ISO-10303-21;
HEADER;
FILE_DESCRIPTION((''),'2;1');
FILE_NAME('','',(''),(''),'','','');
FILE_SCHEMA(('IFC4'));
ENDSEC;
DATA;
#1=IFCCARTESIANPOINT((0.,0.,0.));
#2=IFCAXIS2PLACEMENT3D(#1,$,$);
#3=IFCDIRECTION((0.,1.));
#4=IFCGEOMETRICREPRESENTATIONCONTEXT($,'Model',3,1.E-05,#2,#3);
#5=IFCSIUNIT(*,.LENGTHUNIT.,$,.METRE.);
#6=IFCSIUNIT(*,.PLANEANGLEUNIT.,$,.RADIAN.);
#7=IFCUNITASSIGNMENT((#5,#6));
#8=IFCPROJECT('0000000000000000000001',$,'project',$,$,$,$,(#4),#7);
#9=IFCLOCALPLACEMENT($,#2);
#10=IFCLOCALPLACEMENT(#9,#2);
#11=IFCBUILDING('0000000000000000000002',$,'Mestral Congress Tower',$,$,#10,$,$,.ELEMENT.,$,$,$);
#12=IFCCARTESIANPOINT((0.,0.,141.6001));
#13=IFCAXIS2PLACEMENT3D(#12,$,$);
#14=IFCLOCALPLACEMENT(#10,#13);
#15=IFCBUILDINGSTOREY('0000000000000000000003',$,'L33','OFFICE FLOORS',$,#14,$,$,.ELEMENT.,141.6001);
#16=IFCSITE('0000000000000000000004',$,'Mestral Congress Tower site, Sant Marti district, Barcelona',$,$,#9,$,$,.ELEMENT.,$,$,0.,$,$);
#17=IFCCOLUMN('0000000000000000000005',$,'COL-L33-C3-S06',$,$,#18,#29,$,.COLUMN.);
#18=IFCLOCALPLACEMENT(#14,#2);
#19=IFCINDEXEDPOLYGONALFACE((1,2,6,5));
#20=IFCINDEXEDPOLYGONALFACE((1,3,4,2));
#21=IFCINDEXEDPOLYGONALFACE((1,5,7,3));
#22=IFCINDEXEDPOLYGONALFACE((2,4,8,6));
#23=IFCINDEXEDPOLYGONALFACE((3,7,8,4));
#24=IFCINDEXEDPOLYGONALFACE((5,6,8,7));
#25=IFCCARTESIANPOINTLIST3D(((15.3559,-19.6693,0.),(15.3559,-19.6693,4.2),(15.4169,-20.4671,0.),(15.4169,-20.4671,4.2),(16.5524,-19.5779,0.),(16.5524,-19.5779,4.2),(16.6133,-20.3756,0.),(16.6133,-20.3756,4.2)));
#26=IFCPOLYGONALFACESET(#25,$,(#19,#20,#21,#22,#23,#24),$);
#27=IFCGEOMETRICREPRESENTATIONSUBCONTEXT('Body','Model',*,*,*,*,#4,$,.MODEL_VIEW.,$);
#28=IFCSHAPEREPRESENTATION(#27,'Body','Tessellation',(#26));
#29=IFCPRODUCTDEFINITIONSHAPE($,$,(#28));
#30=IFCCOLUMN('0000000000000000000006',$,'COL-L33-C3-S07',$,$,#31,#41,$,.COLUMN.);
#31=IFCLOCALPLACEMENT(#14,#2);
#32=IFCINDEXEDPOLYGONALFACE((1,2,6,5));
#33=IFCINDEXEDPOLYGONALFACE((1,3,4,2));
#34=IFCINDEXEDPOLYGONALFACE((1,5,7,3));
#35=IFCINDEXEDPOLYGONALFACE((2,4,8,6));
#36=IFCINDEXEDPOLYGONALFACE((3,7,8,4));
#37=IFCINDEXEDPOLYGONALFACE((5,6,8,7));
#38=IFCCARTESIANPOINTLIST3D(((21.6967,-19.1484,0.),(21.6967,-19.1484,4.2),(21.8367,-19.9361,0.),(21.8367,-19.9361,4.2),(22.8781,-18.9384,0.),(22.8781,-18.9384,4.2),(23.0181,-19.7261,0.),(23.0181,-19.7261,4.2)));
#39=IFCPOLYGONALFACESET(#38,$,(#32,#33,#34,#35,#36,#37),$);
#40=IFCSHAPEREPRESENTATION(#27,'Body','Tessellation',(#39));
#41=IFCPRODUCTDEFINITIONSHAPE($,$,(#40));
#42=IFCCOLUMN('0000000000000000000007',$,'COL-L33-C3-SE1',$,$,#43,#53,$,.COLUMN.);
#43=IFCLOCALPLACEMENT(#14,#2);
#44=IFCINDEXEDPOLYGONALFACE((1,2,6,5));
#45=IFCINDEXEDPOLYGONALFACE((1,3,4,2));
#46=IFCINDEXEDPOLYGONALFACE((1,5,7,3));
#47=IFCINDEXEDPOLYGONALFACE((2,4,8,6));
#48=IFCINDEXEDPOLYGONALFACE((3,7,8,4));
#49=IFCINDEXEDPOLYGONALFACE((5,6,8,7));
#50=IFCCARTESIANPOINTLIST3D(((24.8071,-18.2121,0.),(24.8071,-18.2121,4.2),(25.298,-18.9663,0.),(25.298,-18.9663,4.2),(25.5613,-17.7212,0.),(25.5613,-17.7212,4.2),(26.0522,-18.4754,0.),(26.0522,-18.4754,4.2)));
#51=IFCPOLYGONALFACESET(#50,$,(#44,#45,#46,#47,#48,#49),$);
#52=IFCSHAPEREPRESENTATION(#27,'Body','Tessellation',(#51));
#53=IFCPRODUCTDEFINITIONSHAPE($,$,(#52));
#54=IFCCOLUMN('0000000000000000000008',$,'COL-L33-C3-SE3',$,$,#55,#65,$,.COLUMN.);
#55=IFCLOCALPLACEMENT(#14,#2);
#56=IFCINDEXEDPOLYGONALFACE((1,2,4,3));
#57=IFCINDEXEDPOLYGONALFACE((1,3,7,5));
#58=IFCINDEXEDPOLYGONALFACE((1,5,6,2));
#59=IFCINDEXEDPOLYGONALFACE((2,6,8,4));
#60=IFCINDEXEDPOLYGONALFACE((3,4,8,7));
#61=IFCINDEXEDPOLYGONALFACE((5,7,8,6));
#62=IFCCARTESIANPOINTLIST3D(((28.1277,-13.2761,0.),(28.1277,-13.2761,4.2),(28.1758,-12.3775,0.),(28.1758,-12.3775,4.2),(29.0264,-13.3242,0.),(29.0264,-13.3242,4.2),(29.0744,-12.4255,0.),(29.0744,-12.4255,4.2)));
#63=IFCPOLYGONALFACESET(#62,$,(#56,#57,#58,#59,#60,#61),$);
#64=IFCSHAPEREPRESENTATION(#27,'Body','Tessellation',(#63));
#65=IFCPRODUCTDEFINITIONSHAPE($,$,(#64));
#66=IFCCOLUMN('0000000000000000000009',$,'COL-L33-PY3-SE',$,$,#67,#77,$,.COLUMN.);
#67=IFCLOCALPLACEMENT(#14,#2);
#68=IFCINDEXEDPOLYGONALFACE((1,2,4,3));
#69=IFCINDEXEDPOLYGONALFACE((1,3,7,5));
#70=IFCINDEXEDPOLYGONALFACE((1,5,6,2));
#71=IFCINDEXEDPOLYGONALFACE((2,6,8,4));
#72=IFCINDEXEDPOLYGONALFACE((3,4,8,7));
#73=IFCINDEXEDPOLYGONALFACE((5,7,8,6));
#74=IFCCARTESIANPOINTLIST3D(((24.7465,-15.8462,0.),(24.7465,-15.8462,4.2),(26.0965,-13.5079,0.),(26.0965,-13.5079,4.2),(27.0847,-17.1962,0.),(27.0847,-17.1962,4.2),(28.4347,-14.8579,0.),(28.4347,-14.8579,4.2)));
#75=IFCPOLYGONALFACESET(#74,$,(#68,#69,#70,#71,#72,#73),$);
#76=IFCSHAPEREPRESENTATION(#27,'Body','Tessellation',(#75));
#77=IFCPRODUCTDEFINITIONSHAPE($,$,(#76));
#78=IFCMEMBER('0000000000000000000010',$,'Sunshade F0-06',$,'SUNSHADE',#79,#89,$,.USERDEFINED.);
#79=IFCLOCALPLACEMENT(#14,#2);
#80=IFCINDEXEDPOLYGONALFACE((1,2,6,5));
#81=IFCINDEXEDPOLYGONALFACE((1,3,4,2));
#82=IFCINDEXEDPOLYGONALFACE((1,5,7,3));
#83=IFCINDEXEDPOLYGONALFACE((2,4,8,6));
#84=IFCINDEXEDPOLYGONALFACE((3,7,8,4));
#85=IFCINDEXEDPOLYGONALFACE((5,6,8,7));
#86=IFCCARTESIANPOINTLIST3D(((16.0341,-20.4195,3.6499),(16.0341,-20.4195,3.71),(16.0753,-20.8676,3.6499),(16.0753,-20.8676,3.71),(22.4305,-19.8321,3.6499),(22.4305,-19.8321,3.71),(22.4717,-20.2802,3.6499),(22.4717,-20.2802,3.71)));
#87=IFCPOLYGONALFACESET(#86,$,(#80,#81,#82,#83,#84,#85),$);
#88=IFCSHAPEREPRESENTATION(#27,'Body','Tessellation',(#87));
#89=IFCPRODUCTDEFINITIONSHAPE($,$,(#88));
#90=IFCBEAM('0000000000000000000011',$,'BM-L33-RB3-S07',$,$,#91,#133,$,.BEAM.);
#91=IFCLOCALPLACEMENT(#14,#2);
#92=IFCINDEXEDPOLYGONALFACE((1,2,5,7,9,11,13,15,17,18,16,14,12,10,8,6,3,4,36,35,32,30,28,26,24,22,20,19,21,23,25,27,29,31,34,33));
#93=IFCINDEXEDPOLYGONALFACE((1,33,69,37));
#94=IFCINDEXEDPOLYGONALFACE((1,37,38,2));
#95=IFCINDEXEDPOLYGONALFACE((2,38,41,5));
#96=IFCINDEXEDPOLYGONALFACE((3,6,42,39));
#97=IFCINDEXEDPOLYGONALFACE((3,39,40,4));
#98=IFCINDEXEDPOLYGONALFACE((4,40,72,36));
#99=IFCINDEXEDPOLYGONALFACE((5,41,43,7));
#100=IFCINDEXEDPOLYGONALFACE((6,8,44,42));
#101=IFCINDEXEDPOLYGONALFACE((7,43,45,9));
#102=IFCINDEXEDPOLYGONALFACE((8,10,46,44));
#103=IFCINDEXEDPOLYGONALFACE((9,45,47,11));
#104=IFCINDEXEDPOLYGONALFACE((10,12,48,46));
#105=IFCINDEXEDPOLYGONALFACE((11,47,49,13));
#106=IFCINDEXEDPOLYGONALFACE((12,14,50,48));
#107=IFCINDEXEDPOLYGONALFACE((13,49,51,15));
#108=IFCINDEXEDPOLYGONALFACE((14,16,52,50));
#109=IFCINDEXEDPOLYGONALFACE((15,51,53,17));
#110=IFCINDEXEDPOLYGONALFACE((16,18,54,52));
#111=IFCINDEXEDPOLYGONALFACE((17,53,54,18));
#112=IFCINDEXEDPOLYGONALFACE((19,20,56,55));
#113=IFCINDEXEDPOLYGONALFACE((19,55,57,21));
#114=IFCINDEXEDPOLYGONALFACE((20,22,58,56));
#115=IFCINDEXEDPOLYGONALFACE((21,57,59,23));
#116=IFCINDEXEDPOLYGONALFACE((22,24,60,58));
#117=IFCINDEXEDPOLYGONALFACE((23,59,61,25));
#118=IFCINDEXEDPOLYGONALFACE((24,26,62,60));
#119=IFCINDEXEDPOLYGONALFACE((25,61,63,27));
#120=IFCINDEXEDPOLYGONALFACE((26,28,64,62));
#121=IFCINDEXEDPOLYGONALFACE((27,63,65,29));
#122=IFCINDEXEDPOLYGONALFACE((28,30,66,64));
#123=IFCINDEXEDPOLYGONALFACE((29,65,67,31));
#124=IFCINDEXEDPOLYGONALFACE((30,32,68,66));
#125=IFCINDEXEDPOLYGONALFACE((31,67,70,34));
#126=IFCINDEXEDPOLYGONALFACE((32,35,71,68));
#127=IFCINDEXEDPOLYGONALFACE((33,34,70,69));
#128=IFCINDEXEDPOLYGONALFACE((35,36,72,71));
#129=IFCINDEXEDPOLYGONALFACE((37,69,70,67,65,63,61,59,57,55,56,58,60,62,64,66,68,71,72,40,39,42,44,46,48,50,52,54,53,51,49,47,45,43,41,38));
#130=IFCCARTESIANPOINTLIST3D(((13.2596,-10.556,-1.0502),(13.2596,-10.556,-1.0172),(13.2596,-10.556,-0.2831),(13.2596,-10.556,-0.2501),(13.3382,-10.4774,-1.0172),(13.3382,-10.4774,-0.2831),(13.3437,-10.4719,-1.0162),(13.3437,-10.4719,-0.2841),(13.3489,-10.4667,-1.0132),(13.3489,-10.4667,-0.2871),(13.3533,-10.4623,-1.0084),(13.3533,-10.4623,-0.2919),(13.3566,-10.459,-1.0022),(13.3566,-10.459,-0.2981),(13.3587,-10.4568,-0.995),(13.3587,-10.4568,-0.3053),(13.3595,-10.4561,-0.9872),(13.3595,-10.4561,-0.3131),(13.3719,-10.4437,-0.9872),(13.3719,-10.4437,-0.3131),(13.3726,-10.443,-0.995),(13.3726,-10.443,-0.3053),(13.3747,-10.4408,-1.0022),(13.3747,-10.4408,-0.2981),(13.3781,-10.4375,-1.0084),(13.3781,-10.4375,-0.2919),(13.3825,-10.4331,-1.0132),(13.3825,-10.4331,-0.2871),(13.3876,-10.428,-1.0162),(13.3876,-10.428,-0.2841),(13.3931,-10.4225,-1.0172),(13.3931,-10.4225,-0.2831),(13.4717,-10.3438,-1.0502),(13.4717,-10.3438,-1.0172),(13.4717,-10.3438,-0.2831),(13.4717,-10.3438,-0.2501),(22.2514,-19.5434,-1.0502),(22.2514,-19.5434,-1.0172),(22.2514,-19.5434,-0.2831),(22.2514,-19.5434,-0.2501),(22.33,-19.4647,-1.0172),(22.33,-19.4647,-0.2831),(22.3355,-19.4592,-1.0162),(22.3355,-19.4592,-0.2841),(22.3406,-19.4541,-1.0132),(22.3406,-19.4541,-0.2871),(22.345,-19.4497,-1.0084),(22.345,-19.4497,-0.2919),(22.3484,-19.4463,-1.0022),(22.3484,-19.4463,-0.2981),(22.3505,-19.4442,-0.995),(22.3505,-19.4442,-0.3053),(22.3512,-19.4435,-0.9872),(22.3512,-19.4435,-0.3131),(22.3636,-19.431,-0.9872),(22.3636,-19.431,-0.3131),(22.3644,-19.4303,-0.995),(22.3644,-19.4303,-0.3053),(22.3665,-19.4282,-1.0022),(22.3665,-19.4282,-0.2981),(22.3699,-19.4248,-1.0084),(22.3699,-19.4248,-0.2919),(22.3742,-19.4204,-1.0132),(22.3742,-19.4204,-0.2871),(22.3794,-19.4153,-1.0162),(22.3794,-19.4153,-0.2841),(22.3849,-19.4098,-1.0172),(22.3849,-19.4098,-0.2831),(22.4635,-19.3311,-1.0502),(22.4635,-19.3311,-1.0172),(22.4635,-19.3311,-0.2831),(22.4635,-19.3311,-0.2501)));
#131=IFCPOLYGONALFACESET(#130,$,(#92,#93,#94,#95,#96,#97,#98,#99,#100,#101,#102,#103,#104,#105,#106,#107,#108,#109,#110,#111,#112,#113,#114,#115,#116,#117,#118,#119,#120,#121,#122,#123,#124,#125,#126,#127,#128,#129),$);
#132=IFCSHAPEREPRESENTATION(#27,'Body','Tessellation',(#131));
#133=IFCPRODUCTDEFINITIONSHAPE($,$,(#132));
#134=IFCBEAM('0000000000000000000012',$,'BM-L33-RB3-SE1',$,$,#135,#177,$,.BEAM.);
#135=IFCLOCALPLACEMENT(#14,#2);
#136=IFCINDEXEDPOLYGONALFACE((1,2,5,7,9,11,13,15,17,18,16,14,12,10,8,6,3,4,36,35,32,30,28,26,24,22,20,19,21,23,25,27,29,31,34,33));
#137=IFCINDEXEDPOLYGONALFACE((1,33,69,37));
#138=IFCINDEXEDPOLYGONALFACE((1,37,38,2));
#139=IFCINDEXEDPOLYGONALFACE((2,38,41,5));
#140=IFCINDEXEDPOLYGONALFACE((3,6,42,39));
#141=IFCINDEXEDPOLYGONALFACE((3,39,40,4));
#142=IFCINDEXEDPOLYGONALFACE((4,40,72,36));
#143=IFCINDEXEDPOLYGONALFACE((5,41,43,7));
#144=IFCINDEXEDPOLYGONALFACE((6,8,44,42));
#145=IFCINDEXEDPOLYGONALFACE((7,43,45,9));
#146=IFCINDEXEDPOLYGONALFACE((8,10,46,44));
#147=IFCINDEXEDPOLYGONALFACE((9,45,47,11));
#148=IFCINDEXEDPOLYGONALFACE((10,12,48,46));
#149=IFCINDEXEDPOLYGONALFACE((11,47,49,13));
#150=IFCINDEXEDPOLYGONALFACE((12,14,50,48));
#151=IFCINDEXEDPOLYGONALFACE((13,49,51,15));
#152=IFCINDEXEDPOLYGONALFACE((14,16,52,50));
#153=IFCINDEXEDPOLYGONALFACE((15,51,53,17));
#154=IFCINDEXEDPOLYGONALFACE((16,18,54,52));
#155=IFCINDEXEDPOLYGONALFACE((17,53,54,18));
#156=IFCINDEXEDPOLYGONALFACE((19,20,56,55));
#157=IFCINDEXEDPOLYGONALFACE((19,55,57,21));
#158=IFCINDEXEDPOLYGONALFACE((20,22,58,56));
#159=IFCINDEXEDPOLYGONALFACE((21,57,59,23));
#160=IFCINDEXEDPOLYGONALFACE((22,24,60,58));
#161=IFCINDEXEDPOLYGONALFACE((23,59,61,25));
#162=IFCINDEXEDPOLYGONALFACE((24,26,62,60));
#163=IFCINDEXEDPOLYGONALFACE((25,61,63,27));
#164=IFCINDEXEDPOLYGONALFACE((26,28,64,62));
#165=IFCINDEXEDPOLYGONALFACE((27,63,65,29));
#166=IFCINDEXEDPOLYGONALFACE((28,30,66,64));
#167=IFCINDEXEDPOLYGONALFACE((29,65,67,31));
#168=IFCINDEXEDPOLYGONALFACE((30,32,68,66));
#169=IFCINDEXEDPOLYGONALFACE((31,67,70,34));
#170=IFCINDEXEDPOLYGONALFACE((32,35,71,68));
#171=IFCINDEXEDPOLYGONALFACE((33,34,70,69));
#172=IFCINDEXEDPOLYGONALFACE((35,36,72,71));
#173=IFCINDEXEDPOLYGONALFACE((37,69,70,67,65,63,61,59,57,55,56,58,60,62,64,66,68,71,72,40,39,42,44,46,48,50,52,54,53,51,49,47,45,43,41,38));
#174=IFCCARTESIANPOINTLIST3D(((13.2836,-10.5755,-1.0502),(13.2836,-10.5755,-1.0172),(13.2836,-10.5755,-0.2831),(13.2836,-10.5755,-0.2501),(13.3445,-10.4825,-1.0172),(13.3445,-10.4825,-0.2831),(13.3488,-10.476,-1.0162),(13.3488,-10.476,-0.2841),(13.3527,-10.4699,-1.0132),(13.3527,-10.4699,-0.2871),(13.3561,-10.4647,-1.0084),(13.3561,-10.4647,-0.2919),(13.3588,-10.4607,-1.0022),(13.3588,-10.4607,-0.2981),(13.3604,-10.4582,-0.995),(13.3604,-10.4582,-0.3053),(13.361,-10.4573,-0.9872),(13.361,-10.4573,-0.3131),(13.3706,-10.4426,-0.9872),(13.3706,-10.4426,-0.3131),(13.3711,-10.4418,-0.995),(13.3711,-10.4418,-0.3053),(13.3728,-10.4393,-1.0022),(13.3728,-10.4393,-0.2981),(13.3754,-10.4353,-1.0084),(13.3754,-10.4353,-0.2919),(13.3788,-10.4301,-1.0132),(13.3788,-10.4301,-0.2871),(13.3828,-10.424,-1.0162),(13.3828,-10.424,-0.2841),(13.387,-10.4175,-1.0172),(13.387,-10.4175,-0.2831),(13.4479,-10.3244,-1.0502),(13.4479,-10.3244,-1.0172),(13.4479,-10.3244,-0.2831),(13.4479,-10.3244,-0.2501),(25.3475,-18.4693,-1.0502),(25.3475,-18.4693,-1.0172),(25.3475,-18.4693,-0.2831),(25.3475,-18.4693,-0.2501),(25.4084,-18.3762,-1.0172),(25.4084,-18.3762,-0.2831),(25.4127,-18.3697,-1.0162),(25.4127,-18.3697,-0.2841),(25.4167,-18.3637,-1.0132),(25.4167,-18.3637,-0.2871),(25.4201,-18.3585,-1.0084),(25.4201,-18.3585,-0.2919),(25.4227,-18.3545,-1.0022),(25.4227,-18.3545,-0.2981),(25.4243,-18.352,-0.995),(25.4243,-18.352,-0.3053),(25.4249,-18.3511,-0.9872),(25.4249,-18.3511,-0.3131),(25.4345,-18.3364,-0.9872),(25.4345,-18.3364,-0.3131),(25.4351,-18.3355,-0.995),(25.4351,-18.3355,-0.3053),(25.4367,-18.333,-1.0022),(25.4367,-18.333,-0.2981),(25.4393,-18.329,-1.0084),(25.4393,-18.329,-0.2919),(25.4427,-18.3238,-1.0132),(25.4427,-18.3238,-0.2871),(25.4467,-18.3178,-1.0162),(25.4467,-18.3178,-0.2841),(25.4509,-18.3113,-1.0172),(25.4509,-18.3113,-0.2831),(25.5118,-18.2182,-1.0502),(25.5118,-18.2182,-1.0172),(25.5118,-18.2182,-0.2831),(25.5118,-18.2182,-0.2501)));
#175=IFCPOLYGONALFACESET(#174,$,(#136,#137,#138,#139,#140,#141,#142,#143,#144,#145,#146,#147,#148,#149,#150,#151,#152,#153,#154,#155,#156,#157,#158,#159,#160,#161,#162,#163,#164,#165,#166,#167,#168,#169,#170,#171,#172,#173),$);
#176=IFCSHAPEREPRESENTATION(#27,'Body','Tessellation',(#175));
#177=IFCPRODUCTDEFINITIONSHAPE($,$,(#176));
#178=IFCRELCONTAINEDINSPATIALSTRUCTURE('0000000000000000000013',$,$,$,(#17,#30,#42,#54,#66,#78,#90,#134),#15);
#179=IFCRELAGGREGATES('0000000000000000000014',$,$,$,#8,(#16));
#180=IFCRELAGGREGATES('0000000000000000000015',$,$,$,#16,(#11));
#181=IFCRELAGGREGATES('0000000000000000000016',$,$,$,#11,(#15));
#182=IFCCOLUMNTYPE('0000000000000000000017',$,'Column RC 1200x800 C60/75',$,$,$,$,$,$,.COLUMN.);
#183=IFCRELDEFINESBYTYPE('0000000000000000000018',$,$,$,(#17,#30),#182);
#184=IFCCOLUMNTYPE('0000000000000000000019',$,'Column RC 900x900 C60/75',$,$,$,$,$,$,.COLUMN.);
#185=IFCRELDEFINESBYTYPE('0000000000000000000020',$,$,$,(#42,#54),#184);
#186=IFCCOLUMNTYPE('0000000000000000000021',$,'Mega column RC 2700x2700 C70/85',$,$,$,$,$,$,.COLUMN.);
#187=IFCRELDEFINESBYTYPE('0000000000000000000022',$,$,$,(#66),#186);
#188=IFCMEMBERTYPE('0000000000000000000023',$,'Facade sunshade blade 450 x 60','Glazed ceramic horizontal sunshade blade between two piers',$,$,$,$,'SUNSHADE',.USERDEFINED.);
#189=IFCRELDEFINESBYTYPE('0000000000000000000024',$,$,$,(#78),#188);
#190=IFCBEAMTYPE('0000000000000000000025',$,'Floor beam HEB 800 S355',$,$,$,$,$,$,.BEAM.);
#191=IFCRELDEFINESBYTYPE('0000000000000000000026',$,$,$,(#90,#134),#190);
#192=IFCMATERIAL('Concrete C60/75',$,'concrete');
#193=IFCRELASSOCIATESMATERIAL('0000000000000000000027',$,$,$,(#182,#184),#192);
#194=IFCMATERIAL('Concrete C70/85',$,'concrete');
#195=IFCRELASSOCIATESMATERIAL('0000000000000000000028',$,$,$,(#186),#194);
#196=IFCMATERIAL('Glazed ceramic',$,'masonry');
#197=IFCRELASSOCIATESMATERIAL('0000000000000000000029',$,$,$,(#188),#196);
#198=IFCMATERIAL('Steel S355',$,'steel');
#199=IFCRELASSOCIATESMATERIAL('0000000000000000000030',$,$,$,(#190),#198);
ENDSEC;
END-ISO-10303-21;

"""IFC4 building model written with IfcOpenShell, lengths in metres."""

from ifc_helpers import new_model, si_unit, direction, frame, origin, origin_2d, place, context, subcontext, project, spatial, rectangle, i_section, extrude, material, material_profile, profile_set, type_object, element, save


model = new_model("IFC4")

# Units and contexts
model_context = context("Model", 3, precision=1e-05, world=origin(), true_north=direction((0.0, 1.0)))
body_context = subcontext(model_context, "Body", "Model", "MODEL_VIEW")
ifc_project = project(units=[si_unit("LENGTHUNIT", "METRE"), si_unit("PLANEANGLEUNIT", "RADIAN")], contexts=[model_context])

# Site, building, storey
site_placement = place(None, origin())
site = spatial("IfcSite", under=ifc_project, at=site_placement, Name="Mestral Congress Tower site, Sant Marti district, Barcelona", CompositionType="ELEMENT", RefElevation=0.0)
building_placement = place(site_placement, origin())
building = spatial("IfcBuilding", under=site, at=building_placement, Name="Mestral Congress Tower", CompositionType="ELEMENT")
storey_placement = place(building_placement, frame((0.0, 0.0, 141.6001)))
storey = spatial("IfcBuildingStorey", under=building, at=storey_placement, Name="L33", Description="OFFICE FLOORS", CompositionType="ELEMENT", Elevation=141.6001)

# Columns
ifc_material_1 = material(Name="Concrete C60/75", Category="concrete")
ifc_material_profile_1 = material_profile(ifc_material_1, rectangle(XDim=1.2, YDim=0.8, at=origin_2d()), Name="RC 1200x800")
ifc_profile_set_1 = profile_set([ifc_material_profile_1], Name="Concrete C60/75")
column_type_1 = type_object("IfcColumnType", Name="Column RC 1200x800 C60/75", PredefinedType="COLUMN", material=ifc_profile_set_1)
for number, where, z_axis, x_axis, name in (
    (1, (15.9846, -20.0225, 0.0), (0.0, 0.0, 1.0), (0.99709, 0.076237, 0.0), "COL-L33-C3-S06"),
    (2, (22.3574, -19.4373, 0.0), (0.0, 0.0, 1.0), (0.984571, 0.174985, 0.0), "COL-L33-C3-S07"),
):
    element("IfcColumn", number, at=place(storey_placement, frame(where, z_axis=z_axis, x_axis=x_axis)), inside=storey, type_object=column_type_1, Name=name, PredefinedType="COLUMN", context=body_context, shape_type="SweptSolid", body=[
        extrude(rectangle(XDim=1.2, YDim=0.8, at=origin_2d()), origin(), (0.0, 0.0, 1.0), 4.2),
    ])
ifc_material_profile_2 = material_profile(ifc_material_1, rectangle(XDim=0.8999, YDim=0.8999, at=origin_2d()), Name="RC 900x900")
ifc_profile_set_2 = profile_set([ifc_material_profile_2], Name="Concrete C60/75")
column_type_2 = type_object("IfcColumnType", Name="Column RC 900x900 C60/75", PredefinedType="COLUMN", material=ifc_profile_set_2)
for number, where, z_axis, x_axis, name in (
    (3, (25.4297, -18.3438, 0.0), (0.0, 0.0, 1.0), (0.838094, 0.545526, 0.0), "COL-L33-C3-SE1"),
    (4, (28.6011, -12.8508, 0.0), (0.0, 0.0, 1.0), (0.053392, 0.998574, 0.0), "COL-L33-C3-SE3"),
):
    element("IfcColumn", number, at=place(storey_placement, frame(where, z_axis=z_axis, x_axis=x_axis)), inside=storey, type_object=column_type_2, Name=name, PredefinedType="COLUMN", context=body_context, shape_type="SweptSolid", body=[
        extrude(rectangle(XDim=0.8999, YDim=0.8999, at=origin_2d()), origin(), (0.0, 0.0, 1.0), 4.2),
    ])
ifc_material_2 = material(Name="Concrete C70/85", Category="concrete")
ifc_material_profile_3 = material_profile(ifc_material_2, rectangle(XDim=2.7, YDim=2.7, at=origin_2d()), Name="RC 2700x2700")
ifc_profile_set_3 = profile_set([ifc_material_profile_3], Name="Concrete C70/85")
column_type_3 = type_object("IfcColumnType", Name="Mega column RC 2700x2700 C70/85", PredefinedType="COLUMN", material=ifc_profile_set_3)
column_placement = place(storey_placement, frame((26.5906, -15.3521, 0.0), z_axis=(0.0, 0.0, 1.0), x_axis=(0.866025, -0.5, 0.0)))
element("IfcColumn", 5, at=column_placement, inside=storey, type_object=column_type_3, Name="COL-L33-PY3-SE", PredefinedType="COLUMN", context=body_context, shape_type="SweptSolid", body=[
    extrude(rectangle(XDim=2.7, YDim=2.7, at=origin_2d()), origin(), (0.0, 0.0, 1.0), 4.2),
])

# Member
ifc_material_3 = material(Name="Glazed ceramic", Category="masonry")
ifc_material_profile_4 = material_profile(ifc_material_3, rectangle(XDim=0.45, YDim=0.0601, at=origin_2d()), Name="Ceramic blade 450 x 60")
ifc_profile_set_4 = profile_set([ifc_material_profile_4], Name="Glazed ceramic")
member_type = type_object("IfcMemberType", Name="Facade sunshade blade 450 x 60", Description="Glazed ceramic horizontal sunshade blade between two piers", ElementType="SUNSHADE", PredefinedType="USERDEFINED", material=ifc_profile_set_4)
member_placement = place(storey_placement, frame((16.0547, -20.6436, 3.6799), z_axis=(0.99581, 0.091447, 0.0), x_axis=(-0.091447, 0.99581, 0.0)))
element("IfcMember", 6, at=member_placement, inside=storey, type_object=member_type, Name="Sunshade F0-06", ObjectType="SUNSHADE", PredefinedType="USERDEFINED", context=body_context, shape_type="SweptSolid", body=[
    extrude(rectangle(XDim=0.45, YDim=0.0601, at=origin_2d()), origin(), (0.0, 0.0, 1.0), 6.4233),
])

# Beams
ifc_material_4 = material(Name="Steel S355", Category="steel")
ifc_material_profile_5 = material_profile(ifc_material_4, i_section(OverallWidth=0.3, OverallDepth=0.8, WebThickness=0.0176, FlangeThickness=0.033, FilletRadius=0.03, at=origin_2d()), Name="HEB 800")
ifc_profile_set_5 = profile_set([ifc_material_profile_5], Name="Steel S355")
beam_type_1 = type_object("IfcBeamType", Name="Floor beam HEB 800 S355", PredefinedType="BEAM", material=ifc_profile_set_5)
beam_1_placement = place(storey_placement, frame((22.3574, -19.4373, -0.6501), z_axis=(-0.70728, 0.706934, 0.0), x_axis=(-0.706934, -0.70728, 0.0)))
element("IfcBeam", 7, at=beam_1_placement, inside=storey, type_object=beam_type_1, Name="BM-L33-RB3-S07", PredefinedType="BEAM", context=body_context, shape_type="SweptSolid", body=[
    extrude(i_section(OverallWidth=0.3, OverallDepth=0.8, WebThickness=0.0176, FlangeThickness=0.033, FilletRadius=0.03, at=origin_2d()), origin(), (0.0, 0.0, 1.0), 12.7131),
])
beam_2_placement = place(storey_placement, frame((25.4297, -18.3438, -0.6501), z_axis=(-0.836785, 0.547532, 0.0), x_axis=(-0.547532, -0.836785, 0.0)))
element("IfcBeam", 8, at=beam_2_placement, inside=storey, type_object=beam_type_1, Name="BM-L33-RB3-SE1", PredefinedType="BEAM", context=body_context, shape_type="SweptSolid", body=[
    extrude(i_section(OverallWidth=0.3, OverallDepth=0.8, WebThickness=0.0176, FlangeThickness=0.033, FilletRadius=0.03, at=origin_2d()), origin(), (0.0, 0.0, 1.0), 14.417),
])

save(model, "model.ifc")
